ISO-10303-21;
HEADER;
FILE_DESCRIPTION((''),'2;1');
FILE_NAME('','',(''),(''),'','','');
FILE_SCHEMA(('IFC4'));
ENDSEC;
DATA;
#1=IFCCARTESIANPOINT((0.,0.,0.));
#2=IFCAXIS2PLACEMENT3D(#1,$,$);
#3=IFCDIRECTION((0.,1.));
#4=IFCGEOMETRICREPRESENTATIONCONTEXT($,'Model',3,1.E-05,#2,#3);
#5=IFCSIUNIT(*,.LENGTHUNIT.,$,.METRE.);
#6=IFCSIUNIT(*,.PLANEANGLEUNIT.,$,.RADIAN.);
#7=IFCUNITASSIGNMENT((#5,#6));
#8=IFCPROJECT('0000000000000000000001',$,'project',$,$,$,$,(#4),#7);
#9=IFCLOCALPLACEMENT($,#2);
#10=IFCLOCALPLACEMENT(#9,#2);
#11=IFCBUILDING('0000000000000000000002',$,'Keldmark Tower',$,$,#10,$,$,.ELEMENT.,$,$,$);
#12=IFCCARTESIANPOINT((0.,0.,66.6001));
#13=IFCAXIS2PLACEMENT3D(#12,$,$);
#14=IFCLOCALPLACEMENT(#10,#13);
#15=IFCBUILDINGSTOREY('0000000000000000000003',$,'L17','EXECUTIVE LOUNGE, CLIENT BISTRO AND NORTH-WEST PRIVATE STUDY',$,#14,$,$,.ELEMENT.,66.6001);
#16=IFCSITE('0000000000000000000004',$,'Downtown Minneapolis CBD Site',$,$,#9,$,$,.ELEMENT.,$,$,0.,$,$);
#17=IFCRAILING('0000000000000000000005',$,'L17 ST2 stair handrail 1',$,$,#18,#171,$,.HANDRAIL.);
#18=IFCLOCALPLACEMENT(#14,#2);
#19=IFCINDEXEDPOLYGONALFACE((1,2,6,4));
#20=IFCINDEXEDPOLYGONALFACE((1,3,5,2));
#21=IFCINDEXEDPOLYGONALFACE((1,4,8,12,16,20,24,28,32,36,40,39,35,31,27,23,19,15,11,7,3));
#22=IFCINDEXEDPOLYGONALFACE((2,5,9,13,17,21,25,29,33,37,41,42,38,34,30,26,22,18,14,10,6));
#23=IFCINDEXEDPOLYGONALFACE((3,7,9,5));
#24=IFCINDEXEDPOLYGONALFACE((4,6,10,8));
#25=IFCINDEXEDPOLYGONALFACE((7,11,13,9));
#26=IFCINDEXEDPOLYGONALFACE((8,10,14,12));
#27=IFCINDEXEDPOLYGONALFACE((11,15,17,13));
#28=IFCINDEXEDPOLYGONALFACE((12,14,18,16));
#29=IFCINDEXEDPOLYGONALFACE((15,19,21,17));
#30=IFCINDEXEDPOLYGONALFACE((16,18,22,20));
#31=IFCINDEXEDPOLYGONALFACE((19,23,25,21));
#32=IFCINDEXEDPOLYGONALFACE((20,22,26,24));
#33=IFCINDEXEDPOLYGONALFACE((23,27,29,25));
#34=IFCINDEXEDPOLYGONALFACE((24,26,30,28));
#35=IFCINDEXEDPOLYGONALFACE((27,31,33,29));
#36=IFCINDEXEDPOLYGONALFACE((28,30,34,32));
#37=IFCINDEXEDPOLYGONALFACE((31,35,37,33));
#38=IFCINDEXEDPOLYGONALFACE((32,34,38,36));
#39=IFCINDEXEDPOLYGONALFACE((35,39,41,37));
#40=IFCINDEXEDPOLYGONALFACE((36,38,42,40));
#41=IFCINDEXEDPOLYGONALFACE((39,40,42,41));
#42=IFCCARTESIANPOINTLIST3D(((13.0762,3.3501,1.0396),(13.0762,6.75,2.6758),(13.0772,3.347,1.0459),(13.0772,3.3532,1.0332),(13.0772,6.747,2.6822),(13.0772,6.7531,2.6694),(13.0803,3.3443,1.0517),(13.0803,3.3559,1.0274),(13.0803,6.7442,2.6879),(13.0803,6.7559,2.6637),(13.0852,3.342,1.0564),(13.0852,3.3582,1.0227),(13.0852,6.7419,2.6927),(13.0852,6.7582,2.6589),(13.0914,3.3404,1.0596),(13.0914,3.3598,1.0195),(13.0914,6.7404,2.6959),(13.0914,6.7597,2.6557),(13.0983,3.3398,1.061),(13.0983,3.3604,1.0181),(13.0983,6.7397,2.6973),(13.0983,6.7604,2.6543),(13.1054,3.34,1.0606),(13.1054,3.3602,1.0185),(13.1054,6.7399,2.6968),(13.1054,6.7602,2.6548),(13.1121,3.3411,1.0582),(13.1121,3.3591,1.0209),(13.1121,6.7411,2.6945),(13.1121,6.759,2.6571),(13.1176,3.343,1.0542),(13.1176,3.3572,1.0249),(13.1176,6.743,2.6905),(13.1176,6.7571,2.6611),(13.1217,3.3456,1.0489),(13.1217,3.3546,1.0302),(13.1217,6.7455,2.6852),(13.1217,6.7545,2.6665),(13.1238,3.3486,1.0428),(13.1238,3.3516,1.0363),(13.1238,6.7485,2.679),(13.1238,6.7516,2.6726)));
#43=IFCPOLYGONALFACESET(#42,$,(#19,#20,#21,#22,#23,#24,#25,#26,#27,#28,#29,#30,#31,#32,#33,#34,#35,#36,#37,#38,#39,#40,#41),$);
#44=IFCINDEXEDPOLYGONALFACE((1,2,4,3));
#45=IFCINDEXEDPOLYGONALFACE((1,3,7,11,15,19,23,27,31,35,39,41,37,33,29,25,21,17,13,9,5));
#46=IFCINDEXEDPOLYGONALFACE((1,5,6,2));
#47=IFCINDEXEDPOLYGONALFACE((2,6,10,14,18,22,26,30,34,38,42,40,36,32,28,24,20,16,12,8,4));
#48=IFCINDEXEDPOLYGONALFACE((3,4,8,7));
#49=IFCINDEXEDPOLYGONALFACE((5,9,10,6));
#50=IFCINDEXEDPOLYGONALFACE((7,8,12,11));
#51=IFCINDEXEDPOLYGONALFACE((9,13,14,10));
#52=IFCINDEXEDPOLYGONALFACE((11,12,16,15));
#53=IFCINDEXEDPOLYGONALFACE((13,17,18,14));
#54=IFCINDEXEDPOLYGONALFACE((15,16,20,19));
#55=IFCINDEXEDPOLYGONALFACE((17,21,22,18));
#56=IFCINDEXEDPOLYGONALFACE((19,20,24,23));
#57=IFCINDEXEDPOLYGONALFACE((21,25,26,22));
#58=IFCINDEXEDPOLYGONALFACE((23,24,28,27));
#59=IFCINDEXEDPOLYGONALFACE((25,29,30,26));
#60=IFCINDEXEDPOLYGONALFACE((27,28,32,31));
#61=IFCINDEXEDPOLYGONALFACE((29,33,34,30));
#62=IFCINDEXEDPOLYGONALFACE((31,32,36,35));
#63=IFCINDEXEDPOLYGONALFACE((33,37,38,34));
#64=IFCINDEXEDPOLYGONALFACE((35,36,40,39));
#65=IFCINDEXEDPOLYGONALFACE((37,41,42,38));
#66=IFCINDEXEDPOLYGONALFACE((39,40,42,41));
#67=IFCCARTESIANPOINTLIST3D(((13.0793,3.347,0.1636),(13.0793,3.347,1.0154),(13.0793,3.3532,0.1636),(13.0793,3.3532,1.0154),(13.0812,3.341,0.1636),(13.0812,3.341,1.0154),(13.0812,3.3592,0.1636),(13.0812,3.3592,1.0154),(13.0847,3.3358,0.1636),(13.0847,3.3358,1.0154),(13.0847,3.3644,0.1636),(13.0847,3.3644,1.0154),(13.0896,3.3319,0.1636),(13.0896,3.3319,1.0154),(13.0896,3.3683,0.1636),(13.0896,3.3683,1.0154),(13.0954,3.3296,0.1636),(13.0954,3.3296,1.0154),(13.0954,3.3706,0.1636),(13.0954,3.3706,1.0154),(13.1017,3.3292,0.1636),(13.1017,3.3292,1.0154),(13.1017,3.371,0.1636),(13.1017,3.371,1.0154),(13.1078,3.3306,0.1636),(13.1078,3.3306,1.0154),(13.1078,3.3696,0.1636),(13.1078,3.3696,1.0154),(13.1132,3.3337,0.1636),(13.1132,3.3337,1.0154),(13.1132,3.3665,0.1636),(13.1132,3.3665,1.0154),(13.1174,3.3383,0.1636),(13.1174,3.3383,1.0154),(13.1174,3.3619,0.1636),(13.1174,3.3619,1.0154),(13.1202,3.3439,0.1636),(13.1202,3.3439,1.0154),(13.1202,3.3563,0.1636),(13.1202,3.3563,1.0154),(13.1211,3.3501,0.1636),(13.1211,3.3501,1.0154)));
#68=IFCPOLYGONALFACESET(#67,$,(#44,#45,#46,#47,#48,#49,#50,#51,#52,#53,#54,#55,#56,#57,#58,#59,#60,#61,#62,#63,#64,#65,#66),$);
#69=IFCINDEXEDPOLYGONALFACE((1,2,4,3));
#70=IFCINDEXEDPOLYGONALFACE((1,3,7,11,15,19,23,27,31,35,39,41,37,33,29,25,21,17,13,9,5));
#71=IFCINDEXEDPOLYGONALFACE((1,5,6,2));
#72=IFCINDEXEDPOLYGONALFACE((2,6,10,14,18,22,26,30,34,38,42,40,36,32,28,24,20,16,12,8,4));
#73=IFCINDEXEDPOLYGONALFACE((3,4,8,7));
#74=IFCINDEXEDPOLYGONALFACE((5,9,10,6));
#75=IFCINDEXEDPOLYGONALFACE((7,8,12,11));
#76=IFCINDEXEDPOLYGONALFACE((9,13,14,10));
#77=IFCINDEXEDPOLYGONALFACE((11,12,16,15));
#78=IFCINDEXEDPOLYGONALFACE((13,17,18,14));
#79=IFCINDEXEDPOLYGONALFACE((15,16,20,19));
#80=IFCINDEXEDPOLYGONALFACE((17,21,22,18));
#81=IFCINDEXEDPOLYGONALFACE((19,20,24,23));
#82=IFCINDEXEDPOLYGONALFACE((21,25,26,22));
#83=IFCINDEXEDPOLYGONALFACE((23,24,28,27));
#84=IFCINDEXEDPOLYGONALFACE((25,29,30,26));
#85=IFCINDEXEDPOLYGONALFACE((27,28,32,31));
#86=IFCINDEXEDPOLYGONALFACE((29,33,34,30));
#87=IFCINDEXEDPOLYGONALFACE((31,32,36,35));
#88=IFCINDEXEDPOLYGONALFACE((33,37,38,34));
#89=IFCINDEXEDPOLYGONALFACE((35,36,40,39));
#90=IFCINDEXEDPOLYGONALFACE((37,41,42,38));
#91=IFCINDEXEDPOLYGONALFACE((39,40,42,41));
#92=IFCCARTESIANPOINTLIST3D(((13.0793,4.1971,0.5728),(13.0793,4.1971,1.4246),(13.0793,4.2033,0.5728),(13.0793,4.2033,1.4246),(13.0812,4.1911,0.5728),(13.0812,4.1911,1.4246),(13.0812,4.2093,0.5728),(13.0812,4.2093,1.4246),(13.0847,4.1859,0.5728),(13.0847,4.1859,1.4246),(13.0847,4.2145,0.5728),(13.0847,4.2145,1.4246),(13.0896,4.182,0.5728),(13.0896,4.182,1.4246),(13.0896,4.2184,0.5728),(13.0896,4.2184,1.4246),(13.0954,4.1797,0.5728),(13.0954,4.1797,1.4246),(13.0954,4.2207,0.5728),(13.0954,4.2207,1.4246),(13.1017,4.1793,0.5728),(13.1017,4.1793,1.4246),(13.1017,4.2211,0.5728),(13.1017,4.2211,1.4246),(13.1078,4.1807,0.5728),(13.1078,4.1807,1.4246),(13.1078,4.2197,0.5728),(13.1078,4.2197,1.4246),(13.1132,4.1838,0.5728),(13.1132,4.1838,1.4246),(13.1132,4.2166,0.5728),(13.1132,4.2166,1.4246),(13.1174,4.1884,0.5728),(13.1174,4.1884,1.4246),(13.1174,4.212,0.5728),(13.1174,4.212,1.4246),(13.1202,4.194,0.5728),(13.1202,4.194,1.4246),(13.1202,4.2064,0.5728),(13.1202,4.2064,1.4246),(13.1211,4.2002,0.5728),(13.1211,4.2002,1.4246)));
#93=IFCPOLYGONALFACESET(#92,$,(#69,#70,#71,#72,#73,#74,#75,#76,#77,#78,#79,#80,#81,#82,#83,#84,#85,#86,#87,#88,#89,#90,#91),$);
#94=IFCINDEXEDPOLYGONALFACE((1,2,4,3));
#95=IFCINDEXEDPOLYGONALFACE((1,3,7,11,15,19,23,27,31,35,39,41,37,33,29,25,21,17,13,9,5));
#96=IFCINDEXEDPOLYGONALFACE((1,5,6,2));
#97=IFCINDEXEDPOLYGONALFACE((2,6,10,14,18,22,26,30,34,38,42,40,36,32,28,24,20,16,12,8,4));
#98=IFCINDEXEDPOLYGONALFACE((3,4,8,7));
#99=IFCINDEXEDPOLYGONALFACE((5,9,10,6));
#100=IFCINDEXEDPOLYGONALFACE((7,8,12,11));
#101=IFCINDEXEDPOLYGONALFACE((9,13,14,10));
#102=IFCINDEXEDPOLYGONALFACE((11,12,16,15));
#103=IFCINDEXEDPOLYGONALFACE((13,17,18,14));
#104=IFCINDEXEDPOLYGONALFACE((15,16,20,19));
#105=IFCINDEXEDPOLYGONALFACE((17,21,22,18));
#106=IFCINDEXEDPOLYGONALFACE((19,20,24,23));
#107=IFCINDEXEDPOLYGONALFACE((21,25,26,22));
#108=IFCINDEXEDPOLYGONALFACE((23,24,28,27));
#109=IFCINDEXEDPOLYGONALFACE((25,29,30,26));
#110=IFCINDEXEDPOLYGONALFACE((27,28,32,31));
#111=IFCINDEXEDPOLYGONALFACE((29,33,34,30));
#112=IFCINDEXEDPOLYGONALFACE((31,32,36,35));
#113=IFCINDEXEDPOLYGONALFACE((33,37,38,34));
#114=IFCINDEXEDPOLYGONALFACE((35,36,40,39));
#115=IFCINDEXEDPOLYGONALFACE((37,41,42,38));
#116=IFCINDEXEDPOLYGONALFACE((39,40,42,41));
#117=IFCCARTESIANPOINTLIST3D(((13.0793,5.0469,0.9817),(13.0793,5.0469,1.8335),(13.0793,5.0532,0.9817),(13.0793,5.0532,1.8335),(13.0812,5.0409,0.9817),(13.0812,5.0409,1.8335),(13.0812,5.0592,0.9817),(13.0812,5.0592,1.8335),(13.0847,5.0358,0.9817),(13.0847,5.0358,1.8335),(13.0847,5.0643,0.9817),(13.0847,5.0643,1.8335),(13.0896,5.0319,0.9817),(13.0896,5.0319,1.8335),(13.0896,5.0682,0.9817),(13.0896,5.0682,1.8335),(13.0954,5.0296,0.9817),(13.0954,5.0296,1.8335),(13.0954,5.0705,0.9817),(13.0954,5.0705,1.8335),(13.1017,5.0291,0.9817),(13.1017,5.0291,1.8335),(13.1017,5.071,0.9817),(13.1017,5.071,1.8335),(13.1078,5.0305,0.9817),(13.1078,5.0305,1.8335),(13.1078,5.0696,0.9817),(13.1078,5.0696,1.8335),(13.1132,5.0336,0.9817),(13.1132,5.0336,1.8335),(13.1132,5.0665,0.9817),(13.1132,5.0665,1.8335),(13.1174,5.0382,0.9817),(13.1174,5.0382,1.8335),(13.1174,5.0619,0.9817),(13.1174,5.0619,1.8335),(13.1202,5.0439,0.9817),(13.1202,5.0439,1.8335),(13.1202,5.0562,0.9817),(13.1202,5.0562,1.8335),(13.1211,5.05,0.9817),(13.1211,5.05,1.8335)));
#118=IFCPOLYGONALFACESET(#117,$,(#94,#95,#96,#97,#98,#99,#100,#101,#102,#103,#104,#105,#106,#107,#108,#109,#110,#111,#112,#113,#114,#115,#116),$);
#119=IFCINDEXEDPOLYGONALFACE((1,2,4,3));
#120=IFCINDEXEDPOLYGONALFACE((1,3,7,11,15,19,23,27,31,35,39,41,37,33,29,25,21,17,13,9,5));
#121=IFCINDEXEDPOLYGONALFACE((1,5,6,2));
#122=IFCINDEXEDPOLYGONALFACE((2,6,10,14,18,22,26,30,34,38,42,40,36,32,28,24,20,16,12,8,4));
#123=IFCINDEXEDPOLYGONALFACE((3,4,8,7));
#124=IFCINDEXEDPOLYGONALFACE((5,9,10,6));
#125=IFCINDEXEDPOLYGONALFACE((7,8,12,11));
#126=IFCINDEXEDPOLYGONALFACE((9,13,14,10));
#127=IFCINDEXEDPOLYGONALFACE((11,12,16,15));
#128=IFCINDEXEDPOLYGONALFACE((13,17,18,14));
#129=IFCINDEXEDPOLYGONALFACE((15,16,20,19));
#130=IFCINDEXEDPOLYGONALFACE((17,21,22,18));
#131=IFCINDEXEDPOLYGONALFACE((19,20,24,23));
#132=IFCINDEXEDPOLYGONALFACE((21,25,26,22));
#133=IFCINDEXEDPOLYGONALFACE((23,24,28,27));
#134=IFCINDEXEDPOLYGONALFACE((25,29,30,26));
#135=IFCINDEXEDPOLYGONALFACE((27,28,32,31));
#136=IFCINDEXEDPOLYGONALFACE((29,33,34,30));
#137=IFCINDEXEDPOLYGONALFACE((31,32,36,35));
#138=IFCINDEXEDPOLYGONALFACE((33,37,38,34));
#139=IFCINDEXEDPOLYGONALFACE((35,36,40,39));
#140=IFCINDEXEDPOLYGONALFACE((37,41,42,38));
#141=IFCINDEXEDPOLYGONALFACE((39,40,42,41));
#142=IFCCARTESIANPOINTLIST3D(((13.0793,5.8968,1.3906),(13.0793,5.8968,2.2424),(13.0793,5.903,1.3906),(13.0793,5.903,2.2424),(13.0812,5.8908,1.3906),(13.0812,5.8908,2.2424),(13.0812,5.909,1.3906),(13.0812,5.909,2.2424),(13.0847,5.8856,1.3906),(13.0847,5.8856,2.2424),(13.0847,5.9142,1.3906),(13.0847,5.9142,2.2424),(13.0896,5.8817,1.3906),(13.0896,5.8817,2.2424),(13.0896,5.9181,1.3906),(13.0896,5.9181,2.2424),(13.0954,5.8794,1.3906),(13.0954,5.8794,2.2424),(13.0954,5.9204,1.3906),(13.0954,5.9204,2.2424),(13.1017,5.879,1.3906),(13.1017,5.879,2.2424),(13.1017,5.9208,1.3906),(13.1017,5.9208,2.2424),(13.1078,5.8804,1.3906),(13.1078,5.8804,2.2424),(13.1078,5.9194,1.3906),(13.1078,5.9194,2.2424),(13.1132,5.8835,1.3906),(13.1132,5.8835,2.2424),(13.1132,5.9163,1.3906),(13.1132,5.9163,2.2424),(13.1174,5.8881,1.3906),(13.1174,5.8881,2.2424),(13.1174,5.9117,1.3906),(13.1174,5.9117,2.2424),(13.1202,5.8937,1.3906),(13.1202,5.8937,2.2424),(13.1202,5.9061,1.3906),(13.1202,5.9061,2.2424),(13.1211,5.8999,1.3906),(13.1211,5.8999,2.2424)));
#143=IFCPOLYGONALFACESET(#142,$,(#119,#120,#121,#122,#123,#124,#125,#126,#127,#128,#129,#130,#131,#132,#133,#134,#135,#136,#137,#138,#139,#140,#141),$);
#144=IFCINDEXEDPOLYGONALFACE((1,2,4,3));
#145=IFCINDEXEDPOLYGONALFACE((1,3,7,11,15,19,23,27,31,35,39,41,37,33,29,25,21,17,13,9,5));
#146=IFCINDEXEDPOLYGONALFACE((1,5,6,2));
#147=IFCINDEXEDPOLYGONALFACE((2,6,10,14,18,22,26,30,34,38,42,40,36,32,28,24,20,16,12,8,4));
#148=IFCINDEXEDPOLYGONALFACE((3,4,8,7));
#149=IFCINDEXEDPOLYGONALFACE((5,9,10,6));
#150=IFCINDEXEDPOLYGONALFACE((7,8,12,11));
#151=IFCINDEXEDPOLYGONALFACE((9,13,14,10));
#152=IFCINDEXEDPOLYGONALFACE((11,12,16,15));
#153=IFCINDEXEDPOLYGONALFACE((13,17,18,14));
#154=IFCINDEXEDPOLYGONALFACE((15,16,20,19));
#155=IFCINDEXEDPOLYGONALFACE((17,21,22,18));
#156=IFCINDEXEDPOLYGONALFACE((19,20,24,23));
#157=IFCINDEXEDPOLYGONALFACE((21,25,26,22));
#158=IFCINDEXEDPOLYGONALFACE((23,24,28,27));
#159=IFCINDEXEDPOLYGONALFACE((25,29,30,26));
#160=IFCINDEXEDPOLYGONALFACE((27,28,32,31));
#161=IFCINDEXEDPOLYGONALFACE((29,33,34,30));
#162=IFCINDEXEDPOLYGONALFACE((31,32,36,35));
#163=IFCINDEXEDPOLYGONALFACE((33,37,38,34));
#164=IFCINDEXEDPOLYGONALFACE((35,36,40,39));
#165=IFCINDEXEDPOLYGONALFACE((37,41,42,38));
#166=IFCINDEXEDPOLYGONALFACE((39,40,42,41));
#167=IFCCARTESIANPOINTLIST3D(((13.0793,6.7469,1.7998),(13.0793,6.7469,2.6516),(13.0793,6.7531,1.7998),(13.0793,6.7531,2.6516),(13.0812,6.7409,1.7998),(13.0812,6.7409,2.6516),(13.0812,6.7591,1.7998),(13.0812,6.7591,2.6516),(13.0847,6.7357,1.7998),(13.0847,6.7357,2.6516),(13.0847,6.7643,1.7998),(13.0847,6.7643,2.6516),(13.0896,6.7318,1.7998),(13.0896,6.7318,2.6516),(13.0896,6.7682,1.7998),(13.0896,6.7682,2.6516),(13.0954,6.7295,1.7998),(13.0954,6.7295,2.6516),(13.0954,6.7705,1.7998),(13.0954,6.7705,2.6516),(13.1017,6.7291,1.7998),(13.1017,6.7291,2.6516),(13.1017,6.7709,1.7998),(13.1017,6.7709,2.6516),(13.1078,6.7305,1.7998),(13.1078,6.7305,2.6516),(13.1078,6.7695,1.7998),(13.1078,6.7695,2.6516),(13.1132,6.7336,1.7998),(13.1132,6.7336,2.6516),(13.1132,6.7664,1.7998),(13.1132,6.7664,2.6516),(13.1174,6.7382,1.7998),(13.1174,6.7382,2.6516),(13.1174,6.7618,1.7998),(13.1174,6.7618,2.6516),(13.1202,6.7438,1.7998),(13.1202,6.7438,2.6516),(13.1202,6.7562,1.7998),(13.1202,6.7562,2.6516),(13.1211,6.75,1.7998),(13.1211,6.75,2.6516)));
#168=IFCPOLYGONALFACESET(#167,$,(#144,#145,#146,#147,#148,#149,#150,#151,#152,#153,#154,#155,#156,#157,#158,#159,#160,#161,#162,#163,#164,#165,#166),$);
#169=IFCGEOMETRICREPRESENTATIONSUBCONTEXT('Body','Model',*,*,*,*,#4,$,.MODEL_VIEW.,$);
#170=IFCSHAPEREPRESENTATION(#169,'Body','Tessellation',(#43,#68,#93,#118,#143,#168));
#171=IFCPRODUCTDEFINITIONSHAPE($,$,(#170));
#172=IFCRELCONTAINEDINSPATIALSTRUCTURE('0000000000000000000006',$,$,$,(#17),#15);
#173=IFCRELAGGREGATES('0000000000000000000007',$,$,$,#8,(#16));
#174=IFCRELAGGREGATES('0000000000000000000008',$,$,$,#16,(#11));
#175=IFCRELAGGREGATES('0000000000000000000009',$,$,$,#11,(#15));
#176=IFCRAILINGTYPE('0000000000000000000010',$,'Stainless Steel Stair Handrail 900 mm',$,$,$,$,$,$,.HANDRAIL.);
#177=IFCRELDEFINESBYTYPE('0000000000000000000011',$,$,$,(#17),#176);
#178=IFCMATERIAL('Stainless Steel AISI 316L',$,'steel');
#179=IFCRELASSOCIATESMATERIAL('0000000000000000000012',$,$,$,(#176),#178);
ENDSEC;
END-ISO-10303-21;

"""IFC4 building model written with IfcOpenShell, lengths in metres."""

from ifc_helpers import new_model, si_unit, direction, frame, origin, origin_2d, place, context, subcontext, project, spatial, circle, extrude, material, type_object, element, save


model = new_model("IFC4")

# Units and contexts
model_context = context("Model", 3, precision=1e-05, world=origin(), true_north=direction((0.0, 1.0)))
body_context = subcontext(model_context, "Body", "Model", "MODEL_VIEW")
ifc_project = project(units=[si_unit("LENGTHUNIT", "METRE"), si_unit("PLANEANGLEUNIT", "RADIAN")], contexts=[model_context])

# Site, building, storey
site_placement = place(None, origin())
site = spatial("IfcSite", under=ifc_project, at=site_placement, Name="Downtown Minneapolis CBD Site", CompositionType="ELEMENT", RefElevation=0.0)
building_placement = place(site_placement, origin())
building = spatial("IfcBuilding", under=site, at=building_placement, Name="Keldmark Tower", CompositionType="ELEMENT")
storey_placement = place(building_placement, frame((0.0, 0.0, 66.6001)))
storey = spatial("IfcBuildingStorey", under=building, at=storey_placement, Name="L17", Description="EXECUTIVE LOUNGE, CLIENT BISTRO AND NORTH-WEST PRIVATE STUDY", CompositionType="ELEMENT", Elevation=66.6001)

# Railing
ifc_material_1 = material(Name="Stainless Steel AISI 316L", Category="steel")
railing_type_1 = type_object("IfcRailingType", Name="Stainless Steel Stair Handrail 900 mm", PredefinedType="HANDRAIL", material=ifc_material_1)
railing_1_placement = place(storey_placement, frame((13.1001, 3.3501, 0.1636)))
element("IfcRailing", 1, at=railing_1_placement, inside=storey, type_object=railing_type_1, Name="L17 ST2 stair handrail 1", PredefinedType="HANDRAIL", context=body_context, shape_type="SweptSolid", body=[
    extrude(circle(Radius=0.0239, at=origin_2d()), frame((0.0, 0.0, 0.876), z_axis=(0.0, 0.90108, 0.433652), x_axis=(-1.0, 0.0, 0.0)), (0.0, 0.0, 1.0), 3.7732),
    extrude(circle(Radius=0.021, at=origin_2d()), origin(), (0.0, 0.0, 1.0), 0.8518),
    extrude(circle(Radius=0.021, at=origin_2d()), frame((0.0, 0.8501, 0.4092)), (0.0, 0.0, 1.0), 0.8518),
    extrude(circle(Radius=0.021, at=origin_2d()), frame((0.0, 1.7, 0.8181)), (0.0, 0.0, 1.0), 0.8518),
    extrude(circle(Radius=0.021, at=origin_2d()), frame((0.0, 2.5498, 1.2271)), (0.0, 0.0, 1.0), 0.8518),
    extrude(circle(Radius=0.021, at=origin_2d()), frame((0.0, 3.3999, 1.6362)), (0.0, 0.0, 1.0), 0.8518),
])

save(model, "model.ifc")
